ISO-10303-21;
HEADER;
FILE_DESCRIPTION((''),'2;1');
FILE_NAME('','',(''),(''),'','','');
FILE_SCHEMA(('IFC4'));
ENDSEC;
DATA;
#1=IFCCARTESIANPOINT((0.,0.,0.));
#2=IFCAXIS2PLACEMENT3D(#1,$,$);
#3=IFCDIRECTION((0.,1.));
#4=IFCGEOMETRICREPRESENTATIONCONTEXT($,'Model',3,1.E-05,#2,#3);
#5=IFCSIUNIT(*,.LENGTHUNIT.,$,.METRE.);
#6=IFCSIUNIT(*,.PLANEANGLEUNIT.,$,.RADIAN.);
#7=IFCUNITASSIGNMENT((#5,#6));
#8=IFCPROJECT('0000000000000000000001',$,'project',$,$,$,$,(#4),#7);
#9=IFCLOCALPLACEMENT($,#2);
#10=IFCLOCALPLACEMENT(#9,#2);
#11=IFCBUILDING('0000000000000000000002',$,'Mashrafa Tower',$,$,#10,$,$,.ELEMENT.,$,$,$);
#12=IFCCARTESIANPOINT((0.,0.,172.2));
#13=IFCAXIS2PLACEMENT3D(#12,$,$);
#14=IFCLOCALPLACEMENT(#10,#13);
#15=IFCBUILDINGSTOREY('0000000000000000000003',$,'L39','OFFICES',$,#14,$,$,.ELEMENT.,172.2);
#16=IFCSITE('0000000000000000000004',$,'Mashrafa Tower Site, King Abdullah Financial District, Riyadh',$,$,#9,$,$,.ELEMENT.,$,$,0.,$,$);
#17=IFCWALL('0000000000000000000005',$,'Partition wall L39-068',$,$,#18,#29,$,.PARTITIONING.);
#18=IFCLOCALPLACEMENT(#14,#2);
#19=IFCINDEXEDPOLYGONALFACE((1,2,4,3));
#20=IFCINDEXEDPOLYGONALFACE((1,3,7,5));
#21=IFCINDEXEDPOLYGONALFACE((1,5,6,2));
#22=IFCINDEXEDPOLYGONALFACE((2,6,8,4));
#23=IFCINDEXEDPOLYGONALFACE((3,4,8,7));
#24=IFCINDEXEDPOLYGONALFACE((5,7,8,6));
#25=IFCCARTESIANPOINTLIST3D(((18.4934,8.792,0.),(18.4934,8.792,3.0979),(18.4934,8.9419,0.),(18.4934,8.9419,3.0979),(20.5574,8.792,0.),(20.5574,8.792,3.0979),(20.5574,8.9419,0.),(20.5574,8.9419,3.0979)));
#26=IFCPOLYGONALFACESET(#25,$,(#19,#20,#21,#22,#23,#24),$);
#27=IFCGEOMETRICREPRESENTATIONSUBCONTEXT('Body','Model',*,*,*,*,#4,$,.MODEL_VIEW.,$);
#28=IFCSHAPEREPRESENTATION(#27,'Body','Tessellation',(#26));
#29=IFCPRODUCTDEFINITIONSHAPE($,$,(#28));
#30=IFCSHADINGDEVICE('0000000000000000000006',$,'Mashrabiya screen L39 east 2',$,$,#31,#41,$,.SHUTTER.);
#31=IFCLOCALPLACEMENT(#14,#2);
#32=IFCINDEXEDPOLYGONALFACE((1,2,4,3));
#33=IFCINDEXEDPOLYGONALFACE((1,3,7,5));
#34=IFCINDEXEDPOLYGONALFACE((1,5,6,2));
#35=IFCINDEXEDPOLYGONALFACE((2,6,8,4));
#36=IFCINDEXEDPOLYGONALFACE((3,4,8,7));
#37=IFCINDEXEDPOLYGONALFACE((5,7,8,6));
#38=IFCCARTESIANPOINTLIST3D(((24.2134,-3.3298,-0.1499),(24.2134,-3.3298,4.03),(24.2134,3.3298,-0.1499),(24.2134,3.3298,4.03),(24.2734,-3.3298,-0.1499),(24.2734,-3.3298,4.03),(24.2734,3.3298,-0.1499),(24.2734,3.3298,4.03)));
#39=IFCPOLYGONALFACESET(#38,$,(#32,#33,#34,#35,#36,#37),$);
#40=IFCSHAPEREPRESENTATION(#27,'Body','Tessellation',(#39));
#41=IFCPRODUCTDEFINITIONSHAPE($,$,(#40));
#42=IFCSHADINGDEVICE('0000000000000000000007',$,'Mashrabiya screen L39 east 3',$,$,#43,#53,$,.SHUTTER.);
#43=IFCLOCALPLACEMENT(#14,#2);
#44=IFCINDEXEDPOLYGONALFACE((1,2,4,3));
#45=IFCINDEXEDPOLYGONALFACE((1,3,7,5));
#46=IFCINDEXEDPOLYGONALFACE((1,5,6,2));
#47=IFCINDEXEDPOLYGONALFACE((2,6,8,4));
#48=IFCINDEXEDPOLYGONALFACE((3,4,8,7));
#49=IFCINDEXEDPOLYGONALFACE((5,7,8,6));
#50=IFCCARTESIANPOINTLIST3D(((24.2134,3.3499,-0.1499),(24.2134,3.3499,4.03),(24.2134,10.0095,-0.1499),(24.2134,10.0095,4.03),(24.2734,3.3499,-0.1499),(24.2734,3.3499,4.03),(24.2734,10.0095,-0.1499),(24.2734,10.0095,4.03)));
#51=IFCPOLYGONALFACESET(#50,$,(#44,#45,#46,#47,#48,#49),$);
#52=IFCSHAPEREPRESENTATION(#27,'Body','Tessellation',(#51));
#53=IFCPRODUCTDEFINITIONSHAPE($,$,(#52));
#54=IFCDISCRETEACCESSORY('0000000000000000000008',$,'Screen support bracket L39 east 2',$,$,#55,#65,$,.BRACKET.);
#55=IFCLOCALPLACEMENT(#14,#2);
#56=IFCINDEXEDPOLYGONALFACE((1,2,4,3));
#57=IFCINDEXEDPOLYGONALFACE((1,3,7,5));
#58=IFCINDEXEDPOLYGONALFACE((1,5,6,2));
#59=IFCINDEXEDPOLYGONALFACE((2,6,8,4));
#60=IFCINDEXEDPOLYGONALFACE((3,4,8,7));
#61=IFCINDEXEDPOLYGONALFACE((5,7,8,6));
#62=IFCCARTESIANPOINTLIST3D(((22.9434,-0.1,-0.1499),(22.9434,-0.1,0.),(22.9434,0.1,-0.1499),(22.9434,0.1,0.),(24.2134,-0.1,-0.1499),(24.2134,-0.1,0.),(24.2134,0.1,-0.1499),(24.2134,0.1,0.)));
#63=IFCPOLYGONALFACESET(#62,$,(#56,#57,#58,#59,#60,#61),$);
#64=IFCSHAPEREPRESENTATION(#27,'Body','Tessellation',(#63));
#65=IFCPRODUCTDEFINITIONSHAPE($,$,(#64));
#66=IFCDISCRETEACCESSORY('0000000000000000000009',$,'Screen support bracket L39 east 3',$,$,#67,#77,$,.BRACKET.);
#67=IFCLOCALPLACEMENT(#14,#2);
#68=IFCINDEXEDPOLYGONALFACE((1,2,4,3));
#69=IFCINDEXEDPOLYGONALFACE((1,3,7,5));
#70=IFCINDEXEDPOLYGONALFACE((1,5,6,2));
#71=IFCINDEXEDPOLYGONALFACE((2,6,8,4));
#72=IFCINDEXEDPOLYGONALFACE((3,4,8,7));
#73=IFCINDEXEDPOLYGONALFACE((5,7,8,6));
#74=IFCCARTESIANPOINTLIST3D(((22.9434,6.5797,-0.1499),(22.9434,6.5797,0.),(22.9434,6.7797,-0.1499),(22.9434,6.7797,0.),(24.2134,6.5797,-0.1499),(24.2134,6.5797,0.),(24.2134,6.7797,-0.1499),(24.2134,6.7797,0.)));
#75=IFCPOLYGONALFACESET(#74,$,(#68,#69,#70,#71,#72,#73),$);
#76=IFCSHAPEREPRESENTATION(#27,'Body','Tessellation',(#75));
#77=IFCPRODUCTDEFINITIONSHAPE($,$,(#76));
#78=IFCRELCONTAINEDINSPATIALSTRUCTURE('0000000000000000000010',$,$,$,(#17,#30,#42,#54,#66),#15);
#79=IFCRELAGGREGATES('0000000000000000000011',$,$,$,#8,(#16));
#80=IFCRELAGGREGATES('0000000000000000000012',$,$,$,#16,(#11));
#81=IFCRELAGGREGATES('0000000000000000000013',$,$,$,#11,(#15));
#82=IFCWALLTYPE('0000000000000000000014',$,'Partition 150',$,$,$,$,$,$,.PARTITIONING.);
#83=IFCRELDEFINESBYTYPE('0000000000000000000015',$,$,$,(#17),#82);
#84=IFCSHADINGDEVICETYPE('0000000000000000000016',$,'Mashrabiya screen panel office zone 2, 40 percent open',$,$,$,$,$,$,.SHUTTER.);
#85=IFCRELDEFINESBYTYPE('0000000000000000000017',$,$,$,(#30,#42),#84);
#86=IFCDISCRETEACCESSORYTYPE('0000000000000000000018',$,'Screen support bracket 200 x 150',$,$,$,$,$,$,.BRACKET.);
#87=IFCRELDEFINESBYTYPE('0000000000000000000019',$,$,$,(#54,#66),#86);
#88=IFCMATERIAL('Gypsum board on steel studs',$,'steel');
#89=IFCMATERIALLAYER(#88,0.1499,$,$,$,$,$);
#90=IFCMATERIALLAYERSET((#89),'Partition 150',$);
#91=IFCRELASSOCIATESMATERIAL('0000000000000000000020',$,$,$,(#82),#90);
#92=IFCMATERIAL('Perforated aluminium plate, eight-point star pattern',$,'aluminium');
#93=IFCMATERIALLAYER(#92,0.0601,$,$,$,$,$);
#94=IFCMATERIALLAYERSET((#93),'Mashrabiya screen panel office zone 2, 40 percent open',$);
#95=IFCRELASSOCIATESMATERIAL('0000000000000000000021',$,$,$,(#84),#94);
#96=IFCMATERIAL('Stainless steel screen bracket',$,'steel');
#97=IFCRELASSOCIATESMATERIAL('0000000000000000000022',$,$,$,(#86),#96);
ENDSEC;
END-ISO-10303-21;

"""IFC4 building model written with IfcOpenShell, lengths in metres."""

from ifc_helpers import new_model, si_unit, direction, frame, frame_2d, origin, origin_2d, place, context, subcontext, project, spatial, rectangle, extrude, source, transform, mapped, material, layer, layer_set, type_object, type_shapes, element, save


model = new_model("IFC4")

# Units and contexts
model_context = context("Model", 3, precision=1e-05, world=origin(), true_north=direction((0.0, 1.0)))
body_context = subcontext(model_context, "Body", "Model", "MODEL_VIEW")
ifc_project = project(units=[si_unit("LENGTHUNIT", "METRE"), si_unit("PLANEANGLEUNIT", "RADIAN")], contexts=[model_context])

# Site, building, storey
site_placement = place(None, origin())
site = spatial("IfcSite", under=ifc_project, at=site_placement, Name="Mashrafa Tower Site, King Abdullah Financial District, Riyadh", CompositionType="ELEMENT", RefElevation=0.0)
building_placement = place(site_placement, origin())
building = spatial("IfcBuilding", under=site, at=building_placement, Name="Mashrafa Tower", CompositionType="ELEMENT")
storey_placement = place(building_placement, frame((0.0, 0.0, 172.2)))
storey = spatial("IfcBuildingStorey", under=building, at=storey_placement, Name="L39", Description="OFFICES", CompositionType="ELEMENT", Elevation=172.2)

# Shared definitions
ifc_material_1 = material(Name="Gypsum board on steel studs", Category="steel")
ifc_layer_1 = layer(ifc_material_1, 0.1499)
ifc_layer_set_1 = layer_set([ifc_layer_1], Name="Partition 150")
wall_type_1 = type_object("IfcWallType", Name="Partition 150", PredefinedType="PARTITIONING", material=ifc_layer_set_1)

# Wall
wall_1_placement = place(storey_placement, frame((20.5574, 8.8669, 0.0), z_axis=(0.0, 0.0, 1.0), x_axis=(-1.0, 0.0, 0.0)))
element("IfcWall", 1, at=wall_1_placement, inside=storey, type_object=wall_type_1, Name="Partition wall L39-068", PredefinedType="PARTITIONING", context=body_context, shape_type="SweptSolid", body=[
    extrude(rectangle(XDim=2.064, YDim=0.1499, at=frame_2d((1.032, 0.0))), origin(), (0.0, 0.0, 1.0), 3.0979),
])

# Shading devices
ifc_material_2 = material(Name="Perforated aluminium plate, eight-point star pattern", Category="aluminium")
ifc_layer_2 = layer(ifc_material_2, 0.0601)
ifc_layer_set_2 = layer_set([ifc_layer_2], Name="Mashrabiya screen panel office zone 2, 40 percent open")
shading_device_type = type_object("IfcShadingDeviceType", Name="Mashrabiya screen panel office zone 2, 40 percent open", PredefinedType="SHUTTER", material=ifc_layer_set_2)
shared_shape_1 = source(origin(), body_context, "Body", "SweptSolid", [
    extrude(rectangle(XDim=6.6597, YDim=0.0601, at=origin_2d()), origin(), (0.0, 0.0, 1.0), 4.1799),
])
type_shapes(shading_device_type, [shared_shape_1])
for number, where, z_axis, x_axis, name in (
    (2, (24.2434, 0.0, -0.1499), (0.0, 0.0, 1.0), (0.0, 1.0, 0.0), "Mashrabiya screen L39 east 2"),
    (3, (24.2434, 6.6797, -0.1499), (0.0, 0.0, 1.0), (0.0, 1.0, 0.0), "Mashrabiya screen L39 east 3"),
):
    element("IfcShadingDevice", number, at=place(storey_placement, frame(where, z_axis=z_axis, x_axis=x_axis)), inside=storey, type_object=shading_device_type, Name=name, PredefinedType="SHUTTER", context=body_context, shape_type="MappedRepresentation", body=[
        mapped(shared_shape_1, transform((0.0, 0.0, 0.0))),
    ])

# Discrete accessories
ifc_material_3 = material(Name="Stainless steel screen bracket", Category="steel")
discrete_accessory_type = type_object("IfcDiscreteAccessoryType", Name="Screen support bracket 200 x 150", PredefinedType="BRACKET", material=ifc_material_3)
shared_shape_2 = source(origin(), body_context, "Body", "SweptSolid", [
    extrude(rectangle(XDim=0.2, YDim=1.27, at=origin_2d()), origin(), (0.0, 0.0, 1.0), 0.1499),
])
type_shapes(discrete_accessory_type, [shared_shape_2])
for number, where, z_axis, x_axis, name in (
    (4, (23.5784, 0.0, -0.1499), (0.0, 0.0, 1.0), (0.0, 1.0, 0.0), "Screen support bracket L39 east 2"),
    (5, (23.5784, 6.6797, -0.1499), (0.0, 0.0, 1.0), (0.0, 1.0, 0.0), "Screen support bracket L39 east 3"),
):
    element("IfcDiscreteAccessory", number, at=place(storey_placement, frame(where, z_axis=z_axis, x_axis=x_axis)), inside=storey, type_object=discrete_accessory_type, Name=name, PredefinedType="BRACKET", context=body_context, shape_type="MappedRepresentation", body=[
        mapped(shared_shape_2, transform((0.0, 0.0, 0.0))),
    ])

save(model, "model.ifc")
